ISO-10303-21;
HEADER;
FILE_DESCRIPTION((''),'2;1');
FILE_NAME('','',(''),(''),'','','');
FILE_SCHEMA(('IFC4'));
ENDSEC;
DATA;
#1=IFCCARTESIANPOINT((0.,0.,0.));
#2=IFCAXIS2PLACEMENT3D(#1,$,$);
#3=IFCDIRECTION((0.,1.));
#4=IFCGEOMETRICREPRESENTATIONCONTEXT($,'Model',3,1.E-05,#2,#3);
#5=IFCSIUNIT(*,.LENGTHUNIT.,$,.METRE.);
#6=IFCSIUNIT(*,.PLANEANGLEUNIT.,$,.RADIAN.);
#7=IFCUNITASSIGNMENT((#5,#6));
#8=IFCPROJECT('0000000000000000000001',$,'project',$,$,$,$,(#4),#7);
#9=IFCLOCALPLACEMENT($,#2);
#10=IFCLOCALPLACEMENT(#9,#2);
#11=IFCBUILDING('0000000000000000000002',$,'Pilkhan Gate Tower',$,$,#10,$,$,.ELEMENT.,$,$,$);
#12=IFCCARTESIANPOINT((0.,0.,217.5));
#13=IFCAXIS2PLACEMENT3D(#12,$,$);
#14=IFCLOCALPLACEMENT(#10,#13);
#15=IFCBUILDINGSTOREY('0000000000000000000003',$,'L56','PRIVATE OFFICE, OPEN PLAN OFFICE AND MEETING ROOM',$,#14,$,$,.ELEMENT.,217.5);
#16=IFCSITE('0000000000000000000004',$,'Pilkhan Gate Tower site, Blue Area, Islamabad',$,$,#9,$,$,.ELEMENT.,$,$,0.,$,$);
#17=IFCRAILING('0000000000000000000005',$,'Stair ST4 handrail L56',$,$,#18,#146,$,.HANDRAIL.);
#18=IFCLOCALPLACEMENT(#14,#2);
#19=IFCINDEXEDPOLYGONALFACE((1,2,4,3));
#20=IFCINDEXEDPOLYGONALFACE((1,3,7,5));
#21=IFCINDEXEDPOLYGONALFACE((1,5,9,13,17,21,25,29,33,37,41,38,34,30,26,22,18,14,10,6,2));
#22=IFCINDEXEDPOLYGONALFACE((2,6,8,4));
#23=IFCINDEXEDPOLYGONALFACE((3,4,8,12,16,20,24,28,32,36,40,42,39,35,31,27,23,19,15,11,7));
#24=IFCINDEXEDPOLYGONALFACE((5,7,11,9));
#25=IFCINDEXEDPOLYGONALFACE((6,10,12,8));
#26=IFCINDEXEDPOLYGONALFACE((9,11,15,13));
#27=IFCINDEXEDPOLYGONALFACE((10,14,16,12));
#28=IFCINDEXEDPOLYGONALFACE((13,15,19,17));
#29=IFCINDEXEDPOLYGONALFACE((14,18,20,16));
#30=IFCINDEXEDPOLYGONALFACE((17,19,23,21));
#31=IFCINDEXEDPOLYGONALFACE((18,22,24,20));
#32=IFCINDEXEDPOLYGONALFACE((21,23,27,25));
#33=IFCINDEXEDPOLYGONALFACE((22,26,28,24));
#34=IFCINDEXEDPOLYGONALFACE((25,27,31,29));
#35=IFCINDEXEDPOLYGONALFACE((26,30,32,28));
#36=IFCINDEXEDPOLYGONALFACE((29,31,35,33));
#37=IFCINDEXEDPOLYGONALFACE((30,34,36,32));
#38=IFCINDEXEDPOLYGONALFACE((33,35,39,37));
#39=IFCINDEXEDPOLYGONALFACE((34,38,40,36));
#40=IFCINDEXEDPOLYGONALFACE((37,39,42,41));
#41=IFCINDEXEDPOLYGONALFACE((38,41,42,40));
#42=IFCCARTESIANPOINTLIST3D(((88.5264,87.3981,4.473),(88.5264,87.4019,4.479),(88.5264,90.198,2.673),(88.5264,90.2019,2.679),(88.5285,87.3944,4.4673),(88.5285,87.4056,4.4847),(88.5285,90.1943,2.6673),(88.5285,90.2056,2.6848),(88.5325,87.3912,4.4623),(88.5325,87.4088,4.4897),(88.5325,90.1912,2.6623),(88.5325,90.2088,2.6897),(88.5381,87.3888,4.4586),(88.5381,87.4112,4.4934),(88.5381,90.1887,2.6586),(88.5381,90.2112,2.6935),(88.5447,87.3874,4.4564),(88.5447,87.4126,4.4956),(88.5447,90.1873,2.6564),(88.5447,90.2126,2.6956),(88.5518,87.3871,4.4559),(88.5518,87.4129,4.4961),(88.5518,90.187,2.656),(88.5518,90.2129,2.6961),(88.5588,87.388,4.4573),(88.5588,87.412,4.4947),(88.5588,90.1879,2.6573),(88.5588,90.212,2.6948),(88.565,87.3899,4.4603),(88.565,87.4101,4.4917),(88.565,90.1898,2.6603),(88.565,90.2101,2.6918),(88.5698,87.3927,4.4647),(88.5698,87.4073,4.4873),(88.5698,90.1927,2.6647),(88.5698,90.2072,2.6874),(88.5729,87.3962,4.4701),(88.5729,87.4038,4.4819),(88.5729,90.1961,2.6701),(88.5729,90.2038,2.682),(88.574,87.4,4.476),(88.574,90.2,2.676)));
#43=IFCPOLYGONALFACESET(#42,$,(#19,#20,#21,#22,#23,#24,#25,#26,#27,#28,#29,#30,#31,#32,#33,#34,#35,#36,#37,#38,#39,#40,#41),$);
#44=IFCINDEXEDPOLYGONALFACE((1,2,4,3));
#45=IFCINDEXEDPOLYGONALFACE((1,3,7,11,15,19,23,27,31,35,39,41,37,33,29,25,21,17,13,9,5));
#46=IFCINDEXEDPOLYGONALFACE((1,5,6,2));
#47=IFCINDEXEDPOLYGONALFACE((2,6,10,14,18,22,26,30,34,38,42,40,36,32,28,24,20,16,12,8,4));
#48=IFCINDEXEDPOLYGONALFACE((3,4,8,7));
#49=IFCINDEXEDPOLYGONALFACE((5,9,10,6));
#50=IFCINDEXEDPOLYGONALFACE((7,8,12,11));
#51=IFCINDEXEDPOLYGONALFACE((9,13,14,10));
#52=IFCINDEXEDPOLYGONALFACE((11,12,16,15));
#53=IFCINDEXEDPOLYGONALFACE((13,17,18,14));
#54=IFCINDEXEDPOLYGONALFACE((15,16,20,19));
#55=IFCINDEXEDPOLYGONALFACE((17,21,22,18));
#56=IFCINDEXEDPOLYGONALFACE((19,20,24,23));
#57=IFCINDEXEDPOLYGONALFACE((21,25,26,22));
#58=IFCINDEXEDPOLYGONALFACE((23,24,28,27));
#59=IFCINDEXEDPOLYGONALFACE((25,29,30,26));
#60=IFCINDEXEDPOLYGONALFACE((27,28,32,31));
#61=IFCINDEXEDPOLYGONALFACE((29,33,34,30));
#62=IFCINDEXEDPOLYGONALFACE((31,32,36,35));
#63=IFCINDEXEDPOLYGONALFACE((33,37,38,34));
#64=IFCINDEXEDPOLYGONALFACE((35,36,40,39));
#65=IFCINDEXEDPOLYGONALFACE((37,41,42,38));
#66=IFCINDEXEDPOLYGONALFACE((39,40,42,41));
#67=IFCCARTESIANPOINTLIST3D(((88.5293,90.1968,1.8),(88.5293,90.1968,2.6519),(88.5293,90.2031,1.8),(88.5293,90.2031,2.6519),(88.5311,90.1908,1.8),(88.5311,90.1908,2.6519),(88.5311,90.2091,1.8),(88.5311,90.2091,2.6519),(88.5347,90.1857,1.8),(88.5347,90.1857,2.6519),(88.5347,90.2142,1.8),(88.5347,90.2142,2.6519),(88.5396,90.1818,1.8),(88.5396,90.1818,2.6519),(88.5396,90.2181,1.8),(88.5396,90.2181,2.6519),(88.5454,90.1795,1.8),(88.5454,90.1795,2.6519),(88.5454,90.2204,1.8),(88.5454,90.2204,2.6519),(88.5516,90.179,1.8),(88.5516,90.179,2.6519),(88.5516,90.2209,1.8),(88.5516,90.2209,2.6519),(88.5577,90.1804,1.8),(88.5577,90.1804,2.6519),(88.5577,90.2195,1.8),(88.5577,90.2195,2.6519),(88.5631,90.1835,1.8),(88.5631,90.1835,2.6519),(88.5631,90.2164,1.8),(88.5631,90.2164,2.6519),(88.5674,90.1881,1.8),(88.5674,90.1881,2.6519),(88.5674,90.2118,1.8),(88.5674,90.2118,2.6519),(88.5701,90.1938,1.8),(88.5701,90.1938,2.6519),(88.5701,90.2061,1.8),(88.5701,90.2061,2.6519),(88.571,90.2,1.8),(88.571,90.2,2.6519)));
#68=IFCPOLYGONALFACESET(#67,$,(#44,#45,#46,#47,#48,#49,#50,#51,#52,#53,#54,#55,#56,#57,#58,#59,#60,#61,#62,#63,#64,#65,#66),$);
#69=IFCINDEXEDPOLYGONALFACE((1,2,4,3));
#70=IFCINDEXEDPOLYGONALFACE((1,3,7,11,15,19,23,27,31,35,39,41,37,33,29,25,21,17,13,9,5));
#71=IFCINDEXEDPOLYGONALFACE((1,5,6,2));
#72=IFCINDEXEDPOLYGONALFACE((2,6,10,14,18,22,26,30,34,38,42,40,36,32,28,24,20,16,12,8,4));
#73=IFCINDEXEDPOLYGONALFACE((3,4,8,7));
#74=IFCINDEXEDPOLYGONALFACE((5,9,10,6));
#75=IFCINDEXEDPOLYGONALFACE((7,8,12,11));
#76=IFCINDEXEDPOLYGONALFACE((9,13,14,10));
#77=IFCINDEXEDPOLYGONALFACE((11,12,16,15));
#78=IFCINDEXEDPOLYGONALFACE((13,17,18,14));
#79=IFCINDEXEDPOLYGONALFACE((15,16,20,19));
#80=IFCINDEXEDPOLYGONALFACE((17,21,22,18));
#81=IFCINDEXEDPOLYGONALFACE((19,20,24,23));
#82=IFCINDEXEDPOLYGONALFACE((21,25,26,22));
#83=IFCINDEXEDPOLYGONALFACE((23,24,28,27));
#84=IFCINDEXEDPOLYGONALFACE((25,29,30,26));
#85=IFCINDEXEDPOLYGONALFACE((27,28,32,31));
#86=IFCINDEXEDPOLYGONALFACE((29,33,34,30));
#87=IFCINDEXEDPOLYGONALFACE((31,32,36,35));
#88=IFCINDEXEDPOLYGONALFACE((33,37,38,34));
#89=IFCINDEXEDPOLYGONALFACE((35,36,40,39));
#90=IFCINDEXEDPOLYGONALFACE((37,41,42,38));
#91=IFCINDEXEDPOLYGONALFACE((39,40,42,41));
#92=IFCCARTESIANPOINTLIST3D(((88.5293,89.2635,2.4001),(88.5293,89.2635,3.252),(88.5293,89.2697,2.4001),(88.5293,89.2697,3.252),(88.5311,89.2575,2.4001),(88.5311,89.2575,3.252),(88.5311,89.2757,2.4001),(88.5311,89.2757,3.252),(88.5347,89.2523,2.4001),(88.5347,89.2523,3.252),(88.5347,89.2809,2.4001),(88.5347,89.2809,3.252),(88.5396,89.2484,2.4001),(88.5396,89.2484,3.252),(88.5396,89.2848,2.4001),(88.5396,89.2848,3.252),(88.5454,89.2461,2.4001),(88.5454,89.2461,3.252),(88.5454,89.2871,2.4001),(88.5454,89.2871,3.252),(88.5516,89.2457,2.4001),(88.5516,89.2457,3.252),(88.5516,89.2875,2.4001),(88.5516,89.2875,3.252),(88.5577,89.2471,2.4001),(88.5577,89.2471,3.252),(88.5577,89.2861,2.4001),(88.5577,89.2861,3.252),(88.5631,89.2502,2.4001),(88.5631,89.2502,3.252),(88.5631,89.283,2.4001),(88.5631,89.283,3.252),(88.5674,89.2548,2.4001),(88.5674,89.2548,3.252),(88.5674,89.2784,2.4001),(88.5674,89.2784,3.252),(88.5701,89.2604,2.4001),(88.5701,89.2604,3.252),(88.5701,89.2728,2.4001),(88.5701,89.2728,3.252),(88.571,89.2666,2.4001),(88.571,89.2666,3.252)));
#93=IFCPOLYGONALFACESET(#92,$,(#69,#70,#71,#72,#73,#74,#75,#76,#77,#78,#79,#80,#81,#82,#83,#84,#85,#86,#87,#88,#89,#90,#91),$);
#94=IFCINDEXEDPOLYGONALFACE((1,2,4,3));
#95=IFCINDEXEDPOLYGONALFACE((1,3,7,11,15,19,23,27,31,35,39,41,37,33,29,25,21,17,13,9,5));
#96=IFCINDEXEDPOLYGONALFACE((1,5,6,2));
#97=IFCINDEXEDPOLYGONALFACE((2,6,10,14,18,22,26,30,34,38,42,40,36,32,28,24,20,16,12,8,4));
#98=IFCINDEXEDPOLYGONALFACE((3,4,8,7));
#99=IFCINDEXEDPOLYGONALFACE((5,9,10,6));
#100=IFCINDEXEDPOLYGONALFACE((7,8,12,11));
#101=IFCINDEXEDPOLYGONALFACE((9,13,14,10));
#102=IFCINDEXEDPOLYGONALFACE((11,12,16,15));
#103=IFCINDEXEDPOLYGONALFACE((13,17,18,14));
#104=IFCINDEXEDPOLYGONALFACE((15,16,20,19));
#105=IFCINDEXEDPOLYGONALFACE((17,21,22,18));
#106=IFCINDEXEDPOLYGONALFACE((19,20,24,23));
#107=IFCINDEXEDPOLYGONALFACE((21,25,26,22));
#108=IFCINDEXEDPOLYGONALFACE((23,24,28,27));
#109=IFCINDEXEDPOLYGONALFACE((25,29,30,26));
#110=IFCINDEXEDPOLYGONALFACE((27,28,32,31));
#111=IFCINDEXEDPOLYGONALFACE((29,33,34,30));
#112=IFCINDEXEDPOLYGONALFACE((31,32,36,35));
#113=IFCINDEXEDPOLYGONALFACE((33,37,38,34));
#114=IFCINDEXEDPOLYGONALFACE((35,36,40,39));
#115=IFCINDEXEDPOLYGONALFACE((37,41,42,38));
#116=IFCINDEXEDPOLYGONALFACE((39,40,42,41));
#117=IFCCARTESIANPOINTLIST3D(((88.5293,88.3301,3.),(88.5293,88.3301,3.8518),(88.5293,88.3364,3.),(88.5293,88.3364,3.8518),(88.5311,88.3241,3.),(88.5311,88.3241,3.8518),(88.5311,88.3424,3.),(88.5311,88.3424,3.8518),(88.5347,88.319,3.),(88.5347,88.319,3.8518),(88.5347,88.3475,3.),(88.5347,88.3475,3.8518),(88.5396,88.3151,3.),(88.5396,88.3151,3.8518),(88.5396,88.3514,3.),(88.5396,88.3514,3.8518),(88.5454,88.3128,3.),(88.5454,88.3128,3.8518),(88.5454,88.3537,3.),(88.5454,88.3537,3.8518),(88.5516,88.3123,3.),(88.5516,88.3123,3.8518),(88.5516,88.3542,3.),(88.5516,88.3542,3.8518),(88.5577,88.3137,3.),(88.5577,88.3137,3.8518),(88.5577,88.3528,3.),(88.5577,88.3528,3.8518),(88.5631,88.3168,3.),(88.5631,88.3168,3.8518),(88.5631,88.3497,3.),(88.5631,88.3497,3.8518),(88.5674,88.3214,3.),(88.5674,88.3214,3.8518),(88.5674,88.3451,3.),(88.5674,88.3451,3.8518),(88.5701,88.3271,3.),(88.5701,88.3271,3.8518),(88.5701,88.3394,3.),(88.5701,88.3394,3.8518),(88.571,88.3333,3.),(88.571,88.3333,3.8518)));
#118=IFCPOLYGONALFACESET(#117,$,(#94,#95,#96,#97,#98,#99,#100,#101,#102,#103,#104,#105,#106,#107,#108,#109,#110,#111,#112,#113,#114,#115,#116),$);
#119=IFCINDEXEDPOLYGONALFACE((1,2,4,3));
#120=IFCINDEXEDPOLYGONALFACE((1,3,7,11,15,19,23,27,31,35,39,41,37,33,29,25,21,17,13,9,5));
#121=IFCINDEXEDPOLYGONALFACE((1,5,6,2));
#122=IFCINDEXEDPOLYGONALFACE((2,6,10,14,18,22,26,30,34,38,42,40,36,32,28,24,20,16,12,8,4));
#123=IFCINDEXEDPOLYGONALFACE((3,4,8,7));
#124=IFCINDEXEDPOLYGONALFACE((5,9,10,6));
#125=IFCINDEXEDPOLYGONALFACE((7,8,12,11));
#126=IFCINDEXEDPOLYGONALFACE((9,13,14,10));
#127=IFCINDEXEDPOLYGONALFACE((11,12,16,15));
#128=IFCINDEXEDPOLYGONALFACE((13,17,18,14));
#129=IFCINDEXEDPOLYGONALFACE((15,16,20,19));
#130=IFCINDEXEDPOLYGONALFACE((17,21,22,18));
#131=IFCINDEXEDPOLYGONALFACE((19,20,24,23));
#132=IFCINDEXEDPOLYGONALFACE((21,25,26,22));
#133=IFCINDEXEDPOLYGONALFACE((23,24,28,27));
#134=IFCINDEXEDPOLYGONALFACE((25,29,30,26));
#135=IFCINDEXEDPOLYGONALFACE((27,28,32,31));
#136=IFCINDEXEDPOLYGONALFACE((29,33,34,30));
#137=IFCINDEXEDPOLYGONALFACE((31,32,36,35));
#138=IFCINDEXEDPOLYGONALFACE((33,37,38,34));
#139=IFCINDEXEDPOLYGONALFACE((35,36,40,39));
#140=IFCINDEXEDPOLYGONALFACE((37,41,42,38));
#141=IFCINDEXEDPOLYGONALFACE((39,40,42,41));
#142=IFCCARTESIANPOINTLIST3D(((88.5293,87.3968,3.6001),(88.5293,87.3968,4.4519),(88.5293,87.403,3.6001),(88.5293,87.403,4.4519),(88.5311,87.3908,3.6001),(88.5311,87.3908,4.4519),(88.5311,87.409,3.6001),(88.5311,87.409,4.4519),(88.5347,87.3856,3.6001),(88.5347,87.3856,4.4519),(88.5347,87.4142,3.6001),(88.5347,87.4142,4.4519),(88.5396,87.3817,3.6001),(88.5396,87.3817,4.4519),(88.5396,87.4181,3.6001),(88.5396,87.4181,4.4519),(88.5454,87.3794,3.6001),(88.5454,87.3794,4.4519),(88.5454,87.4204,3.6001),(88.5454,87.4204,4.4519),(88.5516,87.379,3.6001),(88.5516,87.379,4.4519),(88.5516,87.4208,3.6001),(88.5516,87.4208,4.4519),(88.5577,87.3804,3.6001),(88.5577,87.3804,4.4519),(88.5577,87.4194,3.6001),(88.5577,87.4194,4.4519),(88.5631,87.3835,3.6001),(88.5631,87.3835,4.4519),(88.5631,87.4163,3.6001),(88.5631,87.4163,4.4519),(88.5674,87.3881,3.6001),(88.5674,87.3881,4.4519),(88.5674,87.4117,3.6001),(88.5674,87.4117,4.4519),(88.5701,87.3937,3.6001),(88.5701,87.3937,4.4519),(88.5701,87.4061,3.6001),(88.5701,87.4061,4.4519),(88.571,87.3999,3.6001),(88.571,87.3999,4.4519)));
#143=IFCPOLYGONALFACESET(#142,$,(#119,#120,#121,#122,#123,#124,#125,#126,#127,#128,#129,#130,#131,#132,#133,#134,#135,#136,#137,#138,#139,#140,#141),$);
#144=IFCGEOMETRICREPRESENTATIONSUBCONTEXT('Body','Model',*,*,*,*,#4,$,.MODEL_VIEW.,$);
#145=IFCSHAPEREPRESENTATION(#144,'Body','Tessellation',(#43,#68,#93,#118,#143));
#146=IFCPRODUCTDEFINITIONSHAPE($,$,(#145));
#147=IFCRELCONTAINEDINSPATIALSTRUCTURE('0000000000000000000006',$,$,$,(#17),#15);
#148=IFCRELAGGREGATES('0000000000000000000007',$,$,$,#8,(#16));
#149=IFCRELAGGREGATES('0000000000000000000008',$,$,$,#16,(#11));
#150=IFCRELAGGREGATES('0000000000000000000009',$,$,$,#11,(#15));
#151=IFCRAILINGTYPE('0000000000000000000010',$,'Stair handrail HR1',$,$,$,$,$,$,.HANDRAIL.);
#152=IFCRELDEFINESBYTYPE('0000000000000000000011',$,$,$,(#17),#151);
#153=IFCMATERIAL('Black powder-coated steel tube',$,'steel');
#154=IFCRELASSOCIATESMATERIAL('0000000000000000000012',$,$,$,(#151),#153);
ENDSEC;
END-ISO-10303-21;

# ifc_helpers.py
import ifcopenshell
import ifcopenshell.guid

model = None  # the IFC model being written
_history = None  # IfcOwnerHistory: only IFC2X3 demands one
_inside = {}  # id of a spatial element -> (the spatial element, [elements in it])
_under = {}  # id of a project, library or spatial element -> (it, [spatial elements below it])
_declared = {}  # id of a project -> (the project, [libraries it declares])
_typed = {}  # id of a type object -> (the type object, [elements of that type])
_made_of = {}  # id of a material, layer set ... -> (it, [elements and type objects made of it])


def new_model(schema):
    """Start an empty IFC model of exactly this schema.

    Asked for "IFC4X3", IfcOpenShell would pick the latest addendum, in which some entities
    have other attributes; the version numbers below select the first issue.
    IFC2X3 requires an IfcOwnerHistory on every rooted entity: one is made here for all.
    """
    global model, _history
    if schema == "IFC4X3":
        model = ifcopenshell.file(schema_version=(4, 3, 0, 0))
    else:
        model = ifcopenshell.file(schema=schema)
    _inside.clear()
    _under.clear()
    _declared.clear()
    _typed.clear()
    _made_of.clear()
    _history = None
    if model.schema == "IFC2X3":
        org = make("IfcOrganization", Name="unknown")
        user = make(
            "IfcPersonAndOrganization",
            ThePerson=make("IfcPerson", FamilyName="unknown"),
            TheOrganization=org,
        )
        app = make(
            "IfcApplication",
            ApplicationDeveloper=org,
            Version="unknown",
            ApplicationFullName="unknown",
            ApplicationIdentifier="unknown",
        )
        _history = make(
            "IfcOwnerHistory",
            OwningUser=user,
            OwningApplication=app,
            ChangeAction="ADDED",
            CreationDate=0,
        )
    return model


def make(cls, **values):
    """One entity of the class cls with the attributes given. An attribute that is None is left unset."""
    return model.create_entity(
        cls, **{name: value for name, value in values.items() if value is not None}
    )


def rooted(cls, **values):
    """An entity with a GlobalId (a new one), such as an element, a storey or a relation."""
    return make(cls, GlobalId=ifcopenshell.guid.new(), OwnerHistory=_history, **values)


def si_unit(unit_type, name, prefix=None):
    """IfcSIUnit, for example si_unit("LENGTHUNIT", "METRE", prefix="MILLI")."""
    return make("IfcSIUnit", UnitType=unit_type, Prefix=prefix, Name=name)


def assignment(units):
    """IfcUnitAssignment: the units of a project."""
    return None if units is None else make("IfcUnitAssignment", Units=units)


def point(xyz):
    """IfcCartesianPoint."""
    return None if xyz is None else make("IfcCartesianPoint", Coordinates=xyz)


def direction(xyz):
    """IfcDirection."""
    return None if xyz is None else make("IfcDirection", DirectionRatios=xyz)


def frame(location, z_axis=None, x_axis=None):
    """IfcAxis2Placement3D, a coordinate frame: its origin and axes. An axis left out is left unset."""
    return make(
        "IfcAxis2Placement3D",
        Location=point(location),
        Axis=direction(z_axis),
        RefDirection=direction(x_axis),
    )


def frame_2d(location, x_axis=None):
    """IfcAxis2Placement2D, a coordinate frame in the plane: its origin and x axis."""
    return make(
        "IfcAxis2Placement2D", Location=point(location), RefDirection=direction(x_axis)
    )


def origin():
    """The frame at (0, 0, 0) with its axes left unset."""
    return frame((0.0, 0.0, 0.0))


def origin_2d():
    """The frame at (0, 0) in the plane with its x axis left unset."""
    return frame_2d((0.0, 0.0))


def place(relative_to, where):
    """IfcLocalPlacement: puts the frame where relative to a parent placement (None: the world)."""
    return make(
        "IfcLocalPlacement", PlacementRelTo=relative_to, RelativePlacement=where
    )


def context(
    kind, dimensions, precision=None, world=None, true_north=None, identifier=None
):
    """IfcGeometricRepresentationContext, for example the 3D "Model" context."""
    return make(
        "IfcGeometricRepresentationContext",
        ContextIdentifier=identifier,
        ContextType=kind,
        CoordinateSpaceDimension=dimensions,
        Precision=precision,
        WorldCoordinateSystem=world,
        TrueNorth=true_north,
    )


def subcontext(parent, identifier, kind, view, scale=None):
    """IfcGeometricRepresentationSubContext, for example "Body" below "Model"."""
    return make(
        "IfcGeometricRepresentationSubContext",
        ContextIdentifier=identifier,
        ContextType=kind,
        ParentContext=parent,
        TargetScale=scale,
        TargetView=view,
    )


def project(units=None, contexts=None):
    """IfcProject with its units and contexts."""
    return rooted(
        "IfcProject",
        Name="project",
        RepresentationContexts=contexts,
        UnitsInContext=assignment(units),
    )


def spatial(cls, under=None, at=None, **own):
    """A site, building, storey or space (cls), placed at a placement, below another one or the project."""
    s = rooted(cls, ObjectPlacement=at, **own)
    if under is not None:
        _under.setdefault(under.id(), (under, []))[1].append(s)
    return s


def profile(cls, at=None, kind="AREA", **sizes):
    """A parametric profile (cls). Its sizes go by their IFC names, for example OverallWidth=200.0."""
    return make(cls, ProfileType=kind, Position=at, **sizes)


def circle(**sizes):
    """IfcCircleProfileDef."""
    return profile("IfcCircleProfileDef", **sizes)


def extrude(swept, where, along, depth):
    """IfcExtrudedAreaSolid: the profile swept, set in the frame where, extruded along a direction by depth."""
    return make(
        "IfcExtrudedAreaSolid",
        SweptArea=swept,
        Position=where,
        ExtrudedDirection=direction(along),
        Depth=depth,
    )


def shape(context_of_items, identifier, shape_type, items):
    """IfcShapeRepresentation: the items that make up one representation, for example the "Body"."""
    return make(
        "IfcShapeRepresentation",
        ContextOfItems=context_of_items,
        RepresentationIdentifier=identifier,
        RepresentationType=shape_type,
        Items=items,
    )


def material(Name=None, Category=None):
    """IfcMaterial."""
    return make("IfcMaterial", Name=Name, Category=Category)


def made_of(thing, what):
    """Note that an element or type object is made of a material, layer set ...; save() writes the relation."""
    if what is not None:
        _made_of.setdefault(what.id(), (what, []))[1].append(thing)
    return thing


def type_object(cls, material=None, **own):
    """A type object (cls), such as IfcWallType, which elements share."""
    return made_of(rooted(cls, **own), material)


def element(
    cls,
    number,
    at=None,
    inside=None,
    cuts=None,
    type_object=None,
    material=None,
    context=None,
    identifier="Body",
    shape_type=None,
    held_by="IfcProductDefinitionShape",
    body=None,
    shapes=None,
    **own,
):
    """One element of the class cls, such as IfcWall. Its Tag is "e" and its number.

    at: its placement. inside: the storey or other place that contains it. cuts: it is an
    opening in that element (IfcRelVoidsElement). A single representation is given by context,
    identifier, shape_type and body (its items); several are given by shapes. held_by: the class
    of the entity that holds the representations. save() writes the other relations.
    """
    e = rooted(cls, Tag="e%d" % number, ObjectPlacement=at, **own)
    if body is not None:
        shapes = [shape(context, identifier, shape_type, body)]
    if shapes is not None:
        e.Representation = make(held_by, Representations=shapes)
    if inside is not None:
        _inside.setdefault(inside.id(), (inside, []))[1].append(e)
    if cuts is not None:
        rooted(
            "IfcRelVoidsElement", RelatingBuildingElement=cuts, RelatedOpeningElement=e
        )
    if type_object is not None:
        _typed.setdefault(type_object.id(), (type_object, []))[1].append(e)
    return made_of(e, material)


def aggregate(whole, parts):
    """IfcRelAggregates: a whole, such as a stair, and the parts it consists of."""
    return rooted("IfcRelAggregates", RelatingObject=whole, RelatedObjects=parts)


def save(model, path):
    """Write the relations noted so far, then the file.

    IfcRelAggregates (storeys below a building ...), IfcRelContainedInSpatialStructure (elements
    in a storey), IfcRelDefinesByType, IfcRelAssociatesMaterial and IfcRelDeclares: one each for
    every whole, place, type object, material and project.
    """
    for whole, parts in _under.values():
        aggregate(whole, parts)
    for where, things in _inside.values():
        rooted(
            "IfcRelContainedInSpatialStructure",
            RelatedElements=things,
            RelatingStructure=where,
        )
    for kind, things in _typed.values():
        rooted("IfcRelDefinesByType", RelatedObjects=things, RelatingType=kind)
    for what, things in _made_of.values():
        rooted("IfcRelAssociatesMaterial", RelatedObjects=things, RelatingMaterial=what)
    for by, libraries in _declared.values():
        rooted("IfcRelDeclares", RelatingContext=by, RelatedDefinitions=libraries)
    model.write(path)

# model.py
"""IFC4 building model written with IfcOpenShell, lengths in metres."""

from ifc_helpers import new_model, si_unit, direction, frame, origin, origin_2d, place, context, subcontext, project, spatial, circle, extrude, material, type_object, element, save


model = new_model("IFC4")

# Units and contexts
model_context = context("Model", 3, precision=1e-05, world=origin(), true_north=direction((0.0, 1.0)))
body_context = subcontext(model_context, "Body", "Model", "MODEL_VIEW")
ifc_project = project(units=[si_unit("LENGTHUNIT", "METRE"), si_unit("PLANEANGLEUNIT", "RADIAN")], contexts=[model_context])

# Site, building, storey
site_placement = place(None, origin())
site = spatial("IfcSite", under=ifc_project, at=site_placement, Name="Pilkhan Gate Tower site, Blue Area, Islamabad", CompositionType="ELEMENT", RefElevation=0.0)
building_placement = place(site_placement, origin())
building = spatial("IfcBuilding", under=site, at=building_placement, Name="Pilkhan Gate Tower", CompositionType="ELEMENT")
storey_placement = place(building_placement, frame((0.0, 0.0, 217.5)))
storey = spatial("IfcBuildingStorey", under=building, at=storey_placement, Name="L56", Description="PRIVATE OFFICE, OPEN PLAN OFFICE AND MEETING ROOM", CompositionType="ELEMENT", Elevation=217.5)

# Railing
ifc_material_1 = material(Name="Black powder-coated steel tube", Category="steel")
railing_type_1 = type_object("IfcRailingType", Name="Stair handrail HR1", PredefinedType="HANDRAIL", material=ifc_material_1)
railing_1_placement = place(storey_placement, frame((88.55, 90.2, 1.8)))
element("IfcRailing", 1, at=railing_1_placement, inside=storey, type_object=railing_type_1, Name="Stair ST4 handrail L56", PredefinedType="HANDRAIL", context=body_context, shape_type="SweptSolid", body=[
    extrude(circle(Radius=0.0239, at=origin_2d()), frame((0.0, 0.0, 0.876), z_axis=(0.0, -0.841176, 0.540761), x_axis=(1.0, 0.0, 0.0)), (0.0, 0.0, 1.0), 3.3286),
    extrude(circle(Radius=0.021, at=origin_2d()), origin(), (0.0, 0.0, 1.0), 0.8518),
    extrude(circle(Radius=0.021, at=origin_2d()), frame((0.0, -0.9333, 0.6001)), (0.0, 0.0, 1.0), 0.8518),
    extrude(circle(Radius=0.021, at=origin_2d()), frame((0.0, -1.8667, 1.2)), (0.0, 0.0, 1.0), 0.8518),
    extrude(circle(Radius=0.021, at=origin_2d()), frame((0.0, -2.8, 1.8)), (0.0, 0.0, 1.0), 0.8518),
])

save(model, "model.ifc")
